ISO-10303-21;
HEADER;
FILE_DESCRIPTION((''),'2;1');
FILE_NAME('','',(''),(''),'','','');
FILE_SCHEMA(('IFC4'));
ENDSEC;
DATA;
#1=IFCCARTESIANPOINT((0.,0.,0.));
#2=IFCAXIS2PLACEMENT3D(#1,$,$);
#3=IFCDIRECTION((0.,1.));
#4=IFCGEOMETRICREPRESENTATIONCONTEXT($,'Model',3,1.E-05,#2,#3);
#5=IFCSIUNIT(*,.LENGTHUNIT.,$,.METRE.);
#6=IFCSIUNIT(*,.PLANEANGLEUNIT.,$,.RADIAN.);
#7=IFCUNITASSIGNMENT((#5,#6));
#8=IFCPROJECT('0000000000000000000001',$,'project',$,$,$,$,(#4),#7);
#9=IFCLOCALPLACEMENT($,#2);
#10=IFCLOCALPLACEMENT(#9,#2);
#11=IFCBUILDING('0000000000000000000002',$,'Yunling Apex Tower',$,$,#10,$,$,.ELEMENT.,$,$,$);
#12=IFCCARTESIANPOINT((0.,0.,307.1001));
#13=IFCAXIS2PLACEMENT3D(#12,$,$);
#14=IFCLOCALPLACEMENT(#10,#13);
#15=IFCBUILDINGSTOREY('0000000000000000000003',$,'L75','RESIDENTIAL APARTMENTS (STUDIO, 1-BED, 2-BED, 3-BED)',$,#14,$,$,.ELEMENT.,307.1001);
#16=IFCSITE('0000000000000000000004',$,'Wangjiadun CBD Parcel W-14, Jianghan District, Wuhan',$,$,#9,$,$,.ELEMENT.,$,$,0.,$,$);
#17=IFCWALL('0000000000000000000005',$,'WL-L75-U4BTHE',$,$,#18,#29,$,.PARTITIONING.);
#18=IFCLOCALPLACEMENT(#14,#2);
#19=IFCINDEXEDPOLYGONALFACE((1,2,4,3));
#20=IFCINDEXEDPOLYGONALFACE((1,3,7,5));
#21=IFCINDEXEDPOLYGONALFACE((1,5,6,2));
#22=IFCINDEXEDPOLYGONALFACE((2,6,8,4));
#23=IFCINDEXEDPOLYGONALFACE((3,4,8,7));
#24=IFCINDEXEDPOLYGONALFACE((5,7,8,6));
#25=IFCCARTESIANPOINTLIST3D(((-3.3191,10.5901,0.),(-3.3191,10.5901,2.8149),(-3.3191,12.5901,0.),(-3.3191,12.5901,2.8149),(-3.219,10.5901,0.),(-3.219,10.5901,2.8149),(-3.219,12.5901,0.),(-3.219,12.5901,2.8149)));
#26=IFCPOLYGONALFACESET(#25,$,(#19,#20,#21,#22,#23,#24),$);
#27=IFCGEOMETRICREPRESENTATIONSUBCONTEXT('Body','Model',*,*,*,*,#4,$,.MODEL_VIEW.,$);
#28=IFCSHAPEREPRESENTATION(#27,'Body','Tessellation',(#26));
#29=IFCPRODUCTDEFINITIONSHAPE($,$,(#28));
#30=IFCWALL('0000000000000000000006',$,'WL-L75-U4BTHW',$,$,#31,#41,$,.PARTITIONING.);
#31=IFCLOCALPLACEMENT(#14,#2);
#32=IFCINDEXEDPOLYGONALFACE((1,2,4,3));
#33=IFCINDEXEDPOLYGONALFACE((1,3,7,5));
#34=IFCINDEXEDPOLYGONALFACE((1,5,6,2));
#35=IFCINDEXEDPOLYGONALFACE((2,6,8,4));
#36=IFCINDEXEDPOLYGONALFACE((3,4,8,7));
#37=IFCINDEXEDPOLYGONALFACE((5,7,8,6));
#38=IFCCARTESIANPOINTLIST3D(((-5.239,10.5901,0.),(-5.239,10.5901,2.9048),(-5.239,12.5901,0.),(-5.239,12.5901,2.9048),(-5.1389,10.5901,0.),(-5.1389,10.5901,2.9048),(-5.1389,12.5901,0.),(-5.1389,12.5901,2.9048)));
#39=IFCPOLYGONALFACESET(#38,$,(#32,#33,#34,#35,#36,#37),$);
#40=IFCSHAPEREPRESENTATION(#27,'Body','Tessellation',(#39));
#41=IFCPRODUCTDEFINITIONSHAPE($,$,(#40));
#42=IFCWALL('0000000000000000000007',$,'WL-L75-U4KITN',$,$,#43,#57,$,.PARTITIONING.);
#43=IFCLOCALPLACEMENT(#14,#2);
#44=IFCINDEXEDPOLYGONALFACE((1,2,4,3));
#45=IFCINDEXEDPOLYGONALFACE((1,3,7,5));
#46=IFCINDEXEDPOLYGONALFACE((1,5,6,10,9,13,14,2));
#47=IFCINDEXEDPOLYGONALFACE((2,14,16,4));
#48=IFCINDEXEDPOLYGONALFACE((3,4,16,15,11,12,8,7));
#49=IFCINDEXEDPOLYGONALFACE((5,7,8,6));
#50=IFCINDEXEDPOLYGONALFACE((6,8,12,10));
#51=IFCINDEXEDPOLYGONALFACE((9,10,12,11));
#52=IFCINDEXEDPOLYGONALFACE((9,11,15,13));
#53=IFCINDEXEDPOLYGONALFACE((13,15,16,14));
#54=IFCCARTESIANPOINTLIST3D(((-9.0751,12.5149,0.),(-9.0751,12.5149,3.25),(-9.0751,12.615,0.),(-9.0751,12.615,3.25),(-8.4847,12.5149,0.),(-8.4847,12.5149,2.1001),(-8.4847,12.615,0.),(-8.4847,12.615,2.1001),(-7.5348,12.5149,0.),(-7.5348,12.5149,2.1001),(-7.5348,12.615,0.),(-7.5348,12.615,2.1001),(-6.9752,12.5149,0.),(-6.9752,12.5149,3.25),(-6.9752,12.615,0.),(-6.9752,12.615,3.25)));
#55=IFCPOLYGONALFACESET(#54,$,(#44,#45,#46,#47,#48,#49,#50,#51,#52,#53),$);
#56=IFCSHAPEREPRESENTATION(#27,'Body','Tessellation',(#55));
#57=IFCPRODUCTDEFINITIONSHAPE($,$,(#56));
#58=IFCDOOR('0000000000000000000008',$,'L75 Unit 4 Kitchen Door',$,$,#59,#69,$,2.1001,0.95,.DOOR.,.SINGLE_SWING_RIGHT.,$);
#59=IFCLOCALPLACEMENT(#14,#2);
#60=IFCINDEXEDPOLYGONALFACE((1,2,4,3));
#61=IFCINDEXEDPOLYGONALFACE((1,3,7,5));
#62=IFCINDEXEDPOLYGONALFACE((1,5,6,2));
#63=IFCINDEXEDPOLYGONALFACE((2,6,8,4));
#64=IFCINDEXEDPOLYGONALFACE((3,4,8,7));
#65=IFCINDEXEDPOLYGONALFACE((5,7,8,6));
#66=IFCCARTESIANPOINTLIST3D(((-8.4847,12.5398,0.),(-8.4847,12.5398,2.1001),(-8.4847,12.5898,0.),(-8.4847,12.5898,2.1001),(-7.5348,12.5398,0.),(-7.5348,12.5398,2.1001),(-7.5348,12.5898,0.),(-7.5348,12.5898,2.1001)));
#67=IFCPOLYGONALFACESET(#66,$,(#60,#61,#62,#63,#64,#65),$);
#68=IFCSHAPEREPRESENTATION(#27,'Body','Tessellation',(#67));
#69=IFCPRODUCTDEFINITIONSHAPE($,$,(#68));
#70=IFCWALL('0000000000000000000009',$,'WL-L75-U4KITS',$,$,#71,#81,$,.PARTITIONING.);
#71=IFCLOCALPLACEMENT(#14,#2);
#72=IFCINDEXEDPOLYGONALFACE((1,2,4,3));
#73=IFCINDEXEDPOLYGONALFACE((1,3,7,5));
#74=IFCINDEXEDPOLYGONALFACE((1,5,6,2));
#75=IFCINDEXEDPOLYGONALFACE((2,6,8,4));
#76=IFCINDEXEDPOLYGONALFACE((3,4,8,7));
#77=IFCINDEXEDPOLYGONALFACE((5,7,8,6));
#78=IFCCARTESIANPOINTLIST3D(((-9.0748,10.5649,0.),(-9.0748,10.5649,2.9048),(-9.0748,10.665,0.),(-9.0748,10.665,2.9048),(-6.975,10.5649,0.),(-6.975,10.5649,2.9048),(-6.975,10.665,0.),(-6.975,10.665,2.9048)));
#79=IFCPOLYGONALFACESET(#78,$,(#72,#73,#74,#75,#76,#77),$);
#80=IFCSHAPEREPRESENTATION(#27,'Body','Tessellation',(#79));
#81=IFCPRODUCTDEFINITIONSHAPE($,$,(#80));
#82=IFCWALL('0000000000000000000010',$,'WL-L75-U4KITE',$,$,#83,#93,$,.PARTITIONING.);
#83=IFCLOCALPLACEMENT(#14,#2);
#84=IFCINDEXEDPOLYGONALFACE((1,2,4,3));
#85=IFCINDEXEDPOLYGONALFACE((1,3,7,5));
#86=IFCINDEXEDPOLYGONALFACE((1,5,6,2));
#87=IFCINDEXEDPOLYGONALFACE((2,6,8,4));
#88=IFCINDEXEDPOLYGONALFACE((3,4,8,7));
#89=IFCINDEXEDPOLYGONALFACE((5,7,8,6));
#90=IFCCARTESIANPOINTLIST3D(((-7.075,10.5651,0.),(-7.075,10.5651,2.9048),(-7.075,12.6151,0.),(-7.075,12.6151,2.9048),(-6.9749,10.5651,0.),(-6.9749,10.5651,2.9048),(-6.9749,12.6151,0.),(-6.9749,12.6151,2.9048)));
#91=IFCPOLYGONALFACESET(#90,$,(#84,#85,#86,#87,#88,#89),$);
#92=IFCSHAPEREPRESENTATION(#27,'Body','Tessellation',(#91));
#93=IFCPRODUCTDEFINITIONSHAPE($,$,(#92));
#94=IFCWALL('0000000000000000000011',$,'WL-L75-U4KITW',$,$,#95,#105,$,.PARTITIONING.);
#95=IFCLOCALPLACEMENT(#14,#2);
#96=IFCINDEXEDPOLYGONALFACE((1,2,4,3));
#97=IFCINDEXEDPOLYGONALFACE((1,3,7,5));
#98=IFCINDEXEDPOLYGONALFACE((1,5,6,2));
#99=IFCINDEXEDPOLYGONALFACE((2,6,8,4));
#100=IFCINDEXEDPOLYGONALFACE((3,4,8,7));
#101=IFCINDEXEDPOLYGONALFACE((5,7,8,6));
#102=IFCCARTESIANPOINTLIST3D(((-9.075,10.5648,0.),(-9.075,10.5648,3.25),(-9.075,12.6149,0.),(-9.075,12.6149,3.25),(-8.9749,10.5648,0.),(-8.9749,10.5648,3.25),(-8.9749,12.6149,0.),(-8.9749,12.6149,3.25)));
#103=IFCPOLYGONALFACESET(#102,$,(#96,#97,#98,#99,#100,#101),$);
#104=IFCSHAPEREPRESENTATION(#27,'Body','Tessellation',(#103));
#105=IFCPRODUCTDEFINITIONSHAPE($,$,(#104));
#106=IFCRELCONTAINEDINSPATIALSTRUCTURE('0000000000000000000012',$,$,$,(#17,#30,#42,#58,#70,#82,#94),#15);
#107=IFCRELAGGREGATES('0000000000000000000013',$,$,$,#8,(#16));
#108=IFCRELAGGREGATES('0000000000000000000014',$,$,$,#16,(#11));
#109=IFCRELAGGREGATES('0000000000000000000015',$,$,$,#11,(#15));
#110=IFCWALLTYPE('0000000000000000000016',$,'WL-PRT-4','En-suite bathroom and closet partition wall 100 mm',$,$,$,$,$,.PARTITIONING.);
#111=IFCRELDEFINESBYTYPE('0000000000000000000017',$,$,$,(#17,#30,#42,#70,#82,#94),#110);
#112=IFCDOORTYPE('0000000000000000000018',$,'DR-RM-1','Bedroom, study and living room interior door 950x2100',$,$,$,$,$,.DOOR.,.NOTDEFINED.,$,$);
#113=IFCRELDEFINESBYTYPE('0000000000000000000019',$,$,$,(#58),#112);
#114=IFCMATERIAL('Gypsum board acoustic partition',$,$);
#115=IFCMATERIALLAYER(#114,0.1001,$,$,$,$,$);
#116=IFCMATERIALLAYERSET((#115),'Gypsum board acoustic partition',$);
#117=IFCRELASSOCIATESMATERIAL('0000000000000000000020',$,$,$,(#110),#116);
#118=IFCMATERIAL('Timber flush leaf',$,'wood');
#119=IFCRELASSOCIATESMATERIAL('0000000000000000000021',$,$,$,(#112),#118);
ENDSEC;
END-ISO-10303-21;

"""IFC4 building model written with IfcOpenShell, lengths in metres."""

from ifc_helpers import new_model, si_unit, direction, frame, frame_2d, origin, place, context, subcontext, project, spatial, rectangle, extrude, material, layer, layer_set, type_object, element, fill, save


model = new_model("IFC4")

# Units and contexts
model_context = context("Model", 3, precision=1e-05, world=origin(), true_north=direction((0.0, 1.0)))
body_context = subcontext(model_context, "Body", "Model", "MODEL_VIEW")
ifc_project = project(units=[si_unit("LENGTHUNIT", "METRE"), si_unit("PLANEANGLEUNIT", "RADIAN")], contexts=[model_context])

# Site, building, storey
site_placement = place(None, origin())
site = spatial("IfcSite", under=ifc_project, at=site_placement, Name="Wangjiadun CBD Parcel W-14, Jianghan District, Wuhan", CompositionType="ELEMENT", RefElevation=0.0)
building_placement = place(site_placement, origin())
building = spatial("IfcBuilding", under=site, at=building_placement, Name="Yunling Apex Tower", CompositionType="ELEMENT")
storey_placement = place(building_placement, frame((0.0, 0.0, 307.1001)))
storey = spatial("IfcBuildingStorey", under=building, at=storey_placement, Name="L75", Description="RESIDENTIAL APARTMENTS (STUDIO, 1-BED, 2-BED, 3-BED)", CompositionType="ELEMENT", Elevation=307.1001)

# Walls
ifc_material_1 = material(Name="Gypsum board acoustic partition")
ifc_layer_1 = layer(ifc_material_1, 0.1001)
ifc_layer_set_1 = layer_set([ifc_layer_1], Name="Gypsum board acoustic partition")
wall_type_1 = type_object("IfcWallType", Name="WL-PRT-4", Description="En-suite bathroom and closet partition wall 100 mm", PredefinedType="PARTITIONING", material=ifc_layer_set_1)
wall_1_placement = place(storey_placement, frame((-3.269, 12.5901, 0.0), z_axis=(0.0, 0.0, 1.0), x_axis=(0.0, -1.0, 0.0)))
element("IfcWall", 1, at=wall_1_placement, inside=storey, type_object=wall_type_1, Name="WL-L75-U4BTHE", PredefinedType="PARTITIONING", context=body_context, shape_type="SweptSolid", body=[
    extrude(rectangle(XDim=2.0, YDim=0.1001, at=frame_2d((1.0, 0.0))), origin(), (0.0, 0.0, 1.0), 2.8149),
])
wall_2_placement = place(storey_placement, frame((-5.189, 10.5901, 0.0), z_axis=(0.0, 0.0, 1.0), x_axis=(0.0, 1.0, 0.0)))
element("IfcWall", 2, at=wall_2_placement, inside=storey, type_object=wall_type_1, Name="WL-L75-U4BTHW", PredefinedType="PARTITIONING", context=body_context, shape_type="SweptSolid", body=[
    extrude(rectangle(XDim=2.0, YDim=0.1001, at=frame_2d((1.0, 0.0))), origin(), (0.0, 0.0, 1.0), 2.9048),
])

# Wall, opening, door
wall_3_placement = place(storey_placement, frame((-9.075, 12.5649, 0.0), z_axis=(0.0, 0.0, 1.0), x_axis=(1.0, 0.0, 0.0)))
wall_3 = element("IfcWall", 3, at=wall_3_placement, inside=storey, type_object=wall_type_1, Name="WL-L75-U4KITN", PredefinedType="PARTITIONING", context=body_context, shape_type="SweptSolid", body=[
    extrude(rectangle(XDim=2.0999, YDim=0.1001, at=frame_2d((1.0498, 0.0))), origin(), (0.0, 0.0, 1.0), 3.25),
])
opening_placement = place(wall_3_placement, frame((0.5901, 0.0, 0.0)))
opening = element("IfcOpeningElement", 4, at=opening_placement, cuts=wall_3, PredefinedType="OPENING", context=body_context, shape_type="SweptSolid", body=[
    extrude(rectangle(XDim=0.95, YDim=2.1001, at=frame_2d((0.4751, 1.05))), frame((0.0, 0.0601, 0.0), z_axis=(0.0, -1.0, 0.0), x_axis=(1.0, 0.0, 0.0)), (0.0, 0.0, 1.0), 0.1201),
])
ifc_material_2 = material(Name="Timber flush leaf", Category="wood")
door_type = type_object("IfcDoorType", Name="DR-RM-1", Description="Bedroom, study and living room interior door 950x2100", OperationType="NOTDEFINED", PredefinedType="DOOR", material=ifc_material_2)
door_placement = place(opening_placement, origin())
door = element("IfcDoor", 5, at=door_placement, inside=storey, type_object=door_type, Name="L75 Unit 4 Kitchen Door", OperationType="SINGLE_SWING_RIGHT", OverallHeight=2.1001, OverallWidth=0.95, PredefinedType="DOOR", context=body_context, shape_type="SweptSolid", body=[
    extrude(rectangle(XDim=0.95, YDim=2.1001, at=frame_2d((0.4751, 1.05))), frame((0.0, 0.0249, 0.0), z_axis=(0.0, -1.0, 0.0), x_axis=(1.0, 0.0, 0.0)), (0.0, 0.0, 1.0), 0.05),
])
fill(opening, door)

# Walls
wall_4_placement = place(storey_placement, frame((-6.9751, 10.615, 0.0), z_axis=(0.0, 0.0, 1.0), x_axis=(-1.0, 0.0, 0.0)))
element("IfcWall", 6, at=wall_4_placement, inside=storey, type_object=wall_type_1, Name="WL-L75-U4KITS", PredefinedType="PARTITIONING", context=body_context, shape_type="SweptSolid", body=[
    extrude(rectangle(XDim=2.0999, YDim=0.1001, at=frame_2d((1.0498, 0.0))), origin(), (0.0, 0.0, 1.0), 2.9048),
])
wall_5_placement = place(storey_placement, frame((-7.0249, 12.615, 0.0), z_axis=(0.0, 0.0, 1.0), x_axis=(0.0, -1.0, 0.0)))
element("IfcWall", 7, at=wall_5_placement, inside=storey, type_object=wall_type_1, Name="WL-L75-U4KITE", PredefinedType="PARTITIONING", context=body_context, shape_type="SweptSolid", body=[
    extrude(rectangle(XDim=2.05, YDim=0.1001, at=frame_2d((1.0249, 0.0))), origin(), (0.0, 0.0, 1.0), 2.9048),
])
wall_6_placement = place(storey_placement, frame((-9.0249, 10.5649, 0.0), z_axis=(0.0, 0.0, 1.0), x_axis=(0.0, 1.0, 0.0)))
element("IfcWall", 8, at=wall_6_placement, inside=storey, type_object=wall_type_1, Name="WL-L75-U4KITW", PredefinedType="PARTITIONING", context=body_context, shape_type="SweptSolid", body=[
    extrude(rectangle(XDim=2.05, YDim=0.1001, at=frame_2d((1.0249, 0.0))), origin(), (0.0, 0.0, 1.0), 3.25),
])

save(model, "model.ifc")
